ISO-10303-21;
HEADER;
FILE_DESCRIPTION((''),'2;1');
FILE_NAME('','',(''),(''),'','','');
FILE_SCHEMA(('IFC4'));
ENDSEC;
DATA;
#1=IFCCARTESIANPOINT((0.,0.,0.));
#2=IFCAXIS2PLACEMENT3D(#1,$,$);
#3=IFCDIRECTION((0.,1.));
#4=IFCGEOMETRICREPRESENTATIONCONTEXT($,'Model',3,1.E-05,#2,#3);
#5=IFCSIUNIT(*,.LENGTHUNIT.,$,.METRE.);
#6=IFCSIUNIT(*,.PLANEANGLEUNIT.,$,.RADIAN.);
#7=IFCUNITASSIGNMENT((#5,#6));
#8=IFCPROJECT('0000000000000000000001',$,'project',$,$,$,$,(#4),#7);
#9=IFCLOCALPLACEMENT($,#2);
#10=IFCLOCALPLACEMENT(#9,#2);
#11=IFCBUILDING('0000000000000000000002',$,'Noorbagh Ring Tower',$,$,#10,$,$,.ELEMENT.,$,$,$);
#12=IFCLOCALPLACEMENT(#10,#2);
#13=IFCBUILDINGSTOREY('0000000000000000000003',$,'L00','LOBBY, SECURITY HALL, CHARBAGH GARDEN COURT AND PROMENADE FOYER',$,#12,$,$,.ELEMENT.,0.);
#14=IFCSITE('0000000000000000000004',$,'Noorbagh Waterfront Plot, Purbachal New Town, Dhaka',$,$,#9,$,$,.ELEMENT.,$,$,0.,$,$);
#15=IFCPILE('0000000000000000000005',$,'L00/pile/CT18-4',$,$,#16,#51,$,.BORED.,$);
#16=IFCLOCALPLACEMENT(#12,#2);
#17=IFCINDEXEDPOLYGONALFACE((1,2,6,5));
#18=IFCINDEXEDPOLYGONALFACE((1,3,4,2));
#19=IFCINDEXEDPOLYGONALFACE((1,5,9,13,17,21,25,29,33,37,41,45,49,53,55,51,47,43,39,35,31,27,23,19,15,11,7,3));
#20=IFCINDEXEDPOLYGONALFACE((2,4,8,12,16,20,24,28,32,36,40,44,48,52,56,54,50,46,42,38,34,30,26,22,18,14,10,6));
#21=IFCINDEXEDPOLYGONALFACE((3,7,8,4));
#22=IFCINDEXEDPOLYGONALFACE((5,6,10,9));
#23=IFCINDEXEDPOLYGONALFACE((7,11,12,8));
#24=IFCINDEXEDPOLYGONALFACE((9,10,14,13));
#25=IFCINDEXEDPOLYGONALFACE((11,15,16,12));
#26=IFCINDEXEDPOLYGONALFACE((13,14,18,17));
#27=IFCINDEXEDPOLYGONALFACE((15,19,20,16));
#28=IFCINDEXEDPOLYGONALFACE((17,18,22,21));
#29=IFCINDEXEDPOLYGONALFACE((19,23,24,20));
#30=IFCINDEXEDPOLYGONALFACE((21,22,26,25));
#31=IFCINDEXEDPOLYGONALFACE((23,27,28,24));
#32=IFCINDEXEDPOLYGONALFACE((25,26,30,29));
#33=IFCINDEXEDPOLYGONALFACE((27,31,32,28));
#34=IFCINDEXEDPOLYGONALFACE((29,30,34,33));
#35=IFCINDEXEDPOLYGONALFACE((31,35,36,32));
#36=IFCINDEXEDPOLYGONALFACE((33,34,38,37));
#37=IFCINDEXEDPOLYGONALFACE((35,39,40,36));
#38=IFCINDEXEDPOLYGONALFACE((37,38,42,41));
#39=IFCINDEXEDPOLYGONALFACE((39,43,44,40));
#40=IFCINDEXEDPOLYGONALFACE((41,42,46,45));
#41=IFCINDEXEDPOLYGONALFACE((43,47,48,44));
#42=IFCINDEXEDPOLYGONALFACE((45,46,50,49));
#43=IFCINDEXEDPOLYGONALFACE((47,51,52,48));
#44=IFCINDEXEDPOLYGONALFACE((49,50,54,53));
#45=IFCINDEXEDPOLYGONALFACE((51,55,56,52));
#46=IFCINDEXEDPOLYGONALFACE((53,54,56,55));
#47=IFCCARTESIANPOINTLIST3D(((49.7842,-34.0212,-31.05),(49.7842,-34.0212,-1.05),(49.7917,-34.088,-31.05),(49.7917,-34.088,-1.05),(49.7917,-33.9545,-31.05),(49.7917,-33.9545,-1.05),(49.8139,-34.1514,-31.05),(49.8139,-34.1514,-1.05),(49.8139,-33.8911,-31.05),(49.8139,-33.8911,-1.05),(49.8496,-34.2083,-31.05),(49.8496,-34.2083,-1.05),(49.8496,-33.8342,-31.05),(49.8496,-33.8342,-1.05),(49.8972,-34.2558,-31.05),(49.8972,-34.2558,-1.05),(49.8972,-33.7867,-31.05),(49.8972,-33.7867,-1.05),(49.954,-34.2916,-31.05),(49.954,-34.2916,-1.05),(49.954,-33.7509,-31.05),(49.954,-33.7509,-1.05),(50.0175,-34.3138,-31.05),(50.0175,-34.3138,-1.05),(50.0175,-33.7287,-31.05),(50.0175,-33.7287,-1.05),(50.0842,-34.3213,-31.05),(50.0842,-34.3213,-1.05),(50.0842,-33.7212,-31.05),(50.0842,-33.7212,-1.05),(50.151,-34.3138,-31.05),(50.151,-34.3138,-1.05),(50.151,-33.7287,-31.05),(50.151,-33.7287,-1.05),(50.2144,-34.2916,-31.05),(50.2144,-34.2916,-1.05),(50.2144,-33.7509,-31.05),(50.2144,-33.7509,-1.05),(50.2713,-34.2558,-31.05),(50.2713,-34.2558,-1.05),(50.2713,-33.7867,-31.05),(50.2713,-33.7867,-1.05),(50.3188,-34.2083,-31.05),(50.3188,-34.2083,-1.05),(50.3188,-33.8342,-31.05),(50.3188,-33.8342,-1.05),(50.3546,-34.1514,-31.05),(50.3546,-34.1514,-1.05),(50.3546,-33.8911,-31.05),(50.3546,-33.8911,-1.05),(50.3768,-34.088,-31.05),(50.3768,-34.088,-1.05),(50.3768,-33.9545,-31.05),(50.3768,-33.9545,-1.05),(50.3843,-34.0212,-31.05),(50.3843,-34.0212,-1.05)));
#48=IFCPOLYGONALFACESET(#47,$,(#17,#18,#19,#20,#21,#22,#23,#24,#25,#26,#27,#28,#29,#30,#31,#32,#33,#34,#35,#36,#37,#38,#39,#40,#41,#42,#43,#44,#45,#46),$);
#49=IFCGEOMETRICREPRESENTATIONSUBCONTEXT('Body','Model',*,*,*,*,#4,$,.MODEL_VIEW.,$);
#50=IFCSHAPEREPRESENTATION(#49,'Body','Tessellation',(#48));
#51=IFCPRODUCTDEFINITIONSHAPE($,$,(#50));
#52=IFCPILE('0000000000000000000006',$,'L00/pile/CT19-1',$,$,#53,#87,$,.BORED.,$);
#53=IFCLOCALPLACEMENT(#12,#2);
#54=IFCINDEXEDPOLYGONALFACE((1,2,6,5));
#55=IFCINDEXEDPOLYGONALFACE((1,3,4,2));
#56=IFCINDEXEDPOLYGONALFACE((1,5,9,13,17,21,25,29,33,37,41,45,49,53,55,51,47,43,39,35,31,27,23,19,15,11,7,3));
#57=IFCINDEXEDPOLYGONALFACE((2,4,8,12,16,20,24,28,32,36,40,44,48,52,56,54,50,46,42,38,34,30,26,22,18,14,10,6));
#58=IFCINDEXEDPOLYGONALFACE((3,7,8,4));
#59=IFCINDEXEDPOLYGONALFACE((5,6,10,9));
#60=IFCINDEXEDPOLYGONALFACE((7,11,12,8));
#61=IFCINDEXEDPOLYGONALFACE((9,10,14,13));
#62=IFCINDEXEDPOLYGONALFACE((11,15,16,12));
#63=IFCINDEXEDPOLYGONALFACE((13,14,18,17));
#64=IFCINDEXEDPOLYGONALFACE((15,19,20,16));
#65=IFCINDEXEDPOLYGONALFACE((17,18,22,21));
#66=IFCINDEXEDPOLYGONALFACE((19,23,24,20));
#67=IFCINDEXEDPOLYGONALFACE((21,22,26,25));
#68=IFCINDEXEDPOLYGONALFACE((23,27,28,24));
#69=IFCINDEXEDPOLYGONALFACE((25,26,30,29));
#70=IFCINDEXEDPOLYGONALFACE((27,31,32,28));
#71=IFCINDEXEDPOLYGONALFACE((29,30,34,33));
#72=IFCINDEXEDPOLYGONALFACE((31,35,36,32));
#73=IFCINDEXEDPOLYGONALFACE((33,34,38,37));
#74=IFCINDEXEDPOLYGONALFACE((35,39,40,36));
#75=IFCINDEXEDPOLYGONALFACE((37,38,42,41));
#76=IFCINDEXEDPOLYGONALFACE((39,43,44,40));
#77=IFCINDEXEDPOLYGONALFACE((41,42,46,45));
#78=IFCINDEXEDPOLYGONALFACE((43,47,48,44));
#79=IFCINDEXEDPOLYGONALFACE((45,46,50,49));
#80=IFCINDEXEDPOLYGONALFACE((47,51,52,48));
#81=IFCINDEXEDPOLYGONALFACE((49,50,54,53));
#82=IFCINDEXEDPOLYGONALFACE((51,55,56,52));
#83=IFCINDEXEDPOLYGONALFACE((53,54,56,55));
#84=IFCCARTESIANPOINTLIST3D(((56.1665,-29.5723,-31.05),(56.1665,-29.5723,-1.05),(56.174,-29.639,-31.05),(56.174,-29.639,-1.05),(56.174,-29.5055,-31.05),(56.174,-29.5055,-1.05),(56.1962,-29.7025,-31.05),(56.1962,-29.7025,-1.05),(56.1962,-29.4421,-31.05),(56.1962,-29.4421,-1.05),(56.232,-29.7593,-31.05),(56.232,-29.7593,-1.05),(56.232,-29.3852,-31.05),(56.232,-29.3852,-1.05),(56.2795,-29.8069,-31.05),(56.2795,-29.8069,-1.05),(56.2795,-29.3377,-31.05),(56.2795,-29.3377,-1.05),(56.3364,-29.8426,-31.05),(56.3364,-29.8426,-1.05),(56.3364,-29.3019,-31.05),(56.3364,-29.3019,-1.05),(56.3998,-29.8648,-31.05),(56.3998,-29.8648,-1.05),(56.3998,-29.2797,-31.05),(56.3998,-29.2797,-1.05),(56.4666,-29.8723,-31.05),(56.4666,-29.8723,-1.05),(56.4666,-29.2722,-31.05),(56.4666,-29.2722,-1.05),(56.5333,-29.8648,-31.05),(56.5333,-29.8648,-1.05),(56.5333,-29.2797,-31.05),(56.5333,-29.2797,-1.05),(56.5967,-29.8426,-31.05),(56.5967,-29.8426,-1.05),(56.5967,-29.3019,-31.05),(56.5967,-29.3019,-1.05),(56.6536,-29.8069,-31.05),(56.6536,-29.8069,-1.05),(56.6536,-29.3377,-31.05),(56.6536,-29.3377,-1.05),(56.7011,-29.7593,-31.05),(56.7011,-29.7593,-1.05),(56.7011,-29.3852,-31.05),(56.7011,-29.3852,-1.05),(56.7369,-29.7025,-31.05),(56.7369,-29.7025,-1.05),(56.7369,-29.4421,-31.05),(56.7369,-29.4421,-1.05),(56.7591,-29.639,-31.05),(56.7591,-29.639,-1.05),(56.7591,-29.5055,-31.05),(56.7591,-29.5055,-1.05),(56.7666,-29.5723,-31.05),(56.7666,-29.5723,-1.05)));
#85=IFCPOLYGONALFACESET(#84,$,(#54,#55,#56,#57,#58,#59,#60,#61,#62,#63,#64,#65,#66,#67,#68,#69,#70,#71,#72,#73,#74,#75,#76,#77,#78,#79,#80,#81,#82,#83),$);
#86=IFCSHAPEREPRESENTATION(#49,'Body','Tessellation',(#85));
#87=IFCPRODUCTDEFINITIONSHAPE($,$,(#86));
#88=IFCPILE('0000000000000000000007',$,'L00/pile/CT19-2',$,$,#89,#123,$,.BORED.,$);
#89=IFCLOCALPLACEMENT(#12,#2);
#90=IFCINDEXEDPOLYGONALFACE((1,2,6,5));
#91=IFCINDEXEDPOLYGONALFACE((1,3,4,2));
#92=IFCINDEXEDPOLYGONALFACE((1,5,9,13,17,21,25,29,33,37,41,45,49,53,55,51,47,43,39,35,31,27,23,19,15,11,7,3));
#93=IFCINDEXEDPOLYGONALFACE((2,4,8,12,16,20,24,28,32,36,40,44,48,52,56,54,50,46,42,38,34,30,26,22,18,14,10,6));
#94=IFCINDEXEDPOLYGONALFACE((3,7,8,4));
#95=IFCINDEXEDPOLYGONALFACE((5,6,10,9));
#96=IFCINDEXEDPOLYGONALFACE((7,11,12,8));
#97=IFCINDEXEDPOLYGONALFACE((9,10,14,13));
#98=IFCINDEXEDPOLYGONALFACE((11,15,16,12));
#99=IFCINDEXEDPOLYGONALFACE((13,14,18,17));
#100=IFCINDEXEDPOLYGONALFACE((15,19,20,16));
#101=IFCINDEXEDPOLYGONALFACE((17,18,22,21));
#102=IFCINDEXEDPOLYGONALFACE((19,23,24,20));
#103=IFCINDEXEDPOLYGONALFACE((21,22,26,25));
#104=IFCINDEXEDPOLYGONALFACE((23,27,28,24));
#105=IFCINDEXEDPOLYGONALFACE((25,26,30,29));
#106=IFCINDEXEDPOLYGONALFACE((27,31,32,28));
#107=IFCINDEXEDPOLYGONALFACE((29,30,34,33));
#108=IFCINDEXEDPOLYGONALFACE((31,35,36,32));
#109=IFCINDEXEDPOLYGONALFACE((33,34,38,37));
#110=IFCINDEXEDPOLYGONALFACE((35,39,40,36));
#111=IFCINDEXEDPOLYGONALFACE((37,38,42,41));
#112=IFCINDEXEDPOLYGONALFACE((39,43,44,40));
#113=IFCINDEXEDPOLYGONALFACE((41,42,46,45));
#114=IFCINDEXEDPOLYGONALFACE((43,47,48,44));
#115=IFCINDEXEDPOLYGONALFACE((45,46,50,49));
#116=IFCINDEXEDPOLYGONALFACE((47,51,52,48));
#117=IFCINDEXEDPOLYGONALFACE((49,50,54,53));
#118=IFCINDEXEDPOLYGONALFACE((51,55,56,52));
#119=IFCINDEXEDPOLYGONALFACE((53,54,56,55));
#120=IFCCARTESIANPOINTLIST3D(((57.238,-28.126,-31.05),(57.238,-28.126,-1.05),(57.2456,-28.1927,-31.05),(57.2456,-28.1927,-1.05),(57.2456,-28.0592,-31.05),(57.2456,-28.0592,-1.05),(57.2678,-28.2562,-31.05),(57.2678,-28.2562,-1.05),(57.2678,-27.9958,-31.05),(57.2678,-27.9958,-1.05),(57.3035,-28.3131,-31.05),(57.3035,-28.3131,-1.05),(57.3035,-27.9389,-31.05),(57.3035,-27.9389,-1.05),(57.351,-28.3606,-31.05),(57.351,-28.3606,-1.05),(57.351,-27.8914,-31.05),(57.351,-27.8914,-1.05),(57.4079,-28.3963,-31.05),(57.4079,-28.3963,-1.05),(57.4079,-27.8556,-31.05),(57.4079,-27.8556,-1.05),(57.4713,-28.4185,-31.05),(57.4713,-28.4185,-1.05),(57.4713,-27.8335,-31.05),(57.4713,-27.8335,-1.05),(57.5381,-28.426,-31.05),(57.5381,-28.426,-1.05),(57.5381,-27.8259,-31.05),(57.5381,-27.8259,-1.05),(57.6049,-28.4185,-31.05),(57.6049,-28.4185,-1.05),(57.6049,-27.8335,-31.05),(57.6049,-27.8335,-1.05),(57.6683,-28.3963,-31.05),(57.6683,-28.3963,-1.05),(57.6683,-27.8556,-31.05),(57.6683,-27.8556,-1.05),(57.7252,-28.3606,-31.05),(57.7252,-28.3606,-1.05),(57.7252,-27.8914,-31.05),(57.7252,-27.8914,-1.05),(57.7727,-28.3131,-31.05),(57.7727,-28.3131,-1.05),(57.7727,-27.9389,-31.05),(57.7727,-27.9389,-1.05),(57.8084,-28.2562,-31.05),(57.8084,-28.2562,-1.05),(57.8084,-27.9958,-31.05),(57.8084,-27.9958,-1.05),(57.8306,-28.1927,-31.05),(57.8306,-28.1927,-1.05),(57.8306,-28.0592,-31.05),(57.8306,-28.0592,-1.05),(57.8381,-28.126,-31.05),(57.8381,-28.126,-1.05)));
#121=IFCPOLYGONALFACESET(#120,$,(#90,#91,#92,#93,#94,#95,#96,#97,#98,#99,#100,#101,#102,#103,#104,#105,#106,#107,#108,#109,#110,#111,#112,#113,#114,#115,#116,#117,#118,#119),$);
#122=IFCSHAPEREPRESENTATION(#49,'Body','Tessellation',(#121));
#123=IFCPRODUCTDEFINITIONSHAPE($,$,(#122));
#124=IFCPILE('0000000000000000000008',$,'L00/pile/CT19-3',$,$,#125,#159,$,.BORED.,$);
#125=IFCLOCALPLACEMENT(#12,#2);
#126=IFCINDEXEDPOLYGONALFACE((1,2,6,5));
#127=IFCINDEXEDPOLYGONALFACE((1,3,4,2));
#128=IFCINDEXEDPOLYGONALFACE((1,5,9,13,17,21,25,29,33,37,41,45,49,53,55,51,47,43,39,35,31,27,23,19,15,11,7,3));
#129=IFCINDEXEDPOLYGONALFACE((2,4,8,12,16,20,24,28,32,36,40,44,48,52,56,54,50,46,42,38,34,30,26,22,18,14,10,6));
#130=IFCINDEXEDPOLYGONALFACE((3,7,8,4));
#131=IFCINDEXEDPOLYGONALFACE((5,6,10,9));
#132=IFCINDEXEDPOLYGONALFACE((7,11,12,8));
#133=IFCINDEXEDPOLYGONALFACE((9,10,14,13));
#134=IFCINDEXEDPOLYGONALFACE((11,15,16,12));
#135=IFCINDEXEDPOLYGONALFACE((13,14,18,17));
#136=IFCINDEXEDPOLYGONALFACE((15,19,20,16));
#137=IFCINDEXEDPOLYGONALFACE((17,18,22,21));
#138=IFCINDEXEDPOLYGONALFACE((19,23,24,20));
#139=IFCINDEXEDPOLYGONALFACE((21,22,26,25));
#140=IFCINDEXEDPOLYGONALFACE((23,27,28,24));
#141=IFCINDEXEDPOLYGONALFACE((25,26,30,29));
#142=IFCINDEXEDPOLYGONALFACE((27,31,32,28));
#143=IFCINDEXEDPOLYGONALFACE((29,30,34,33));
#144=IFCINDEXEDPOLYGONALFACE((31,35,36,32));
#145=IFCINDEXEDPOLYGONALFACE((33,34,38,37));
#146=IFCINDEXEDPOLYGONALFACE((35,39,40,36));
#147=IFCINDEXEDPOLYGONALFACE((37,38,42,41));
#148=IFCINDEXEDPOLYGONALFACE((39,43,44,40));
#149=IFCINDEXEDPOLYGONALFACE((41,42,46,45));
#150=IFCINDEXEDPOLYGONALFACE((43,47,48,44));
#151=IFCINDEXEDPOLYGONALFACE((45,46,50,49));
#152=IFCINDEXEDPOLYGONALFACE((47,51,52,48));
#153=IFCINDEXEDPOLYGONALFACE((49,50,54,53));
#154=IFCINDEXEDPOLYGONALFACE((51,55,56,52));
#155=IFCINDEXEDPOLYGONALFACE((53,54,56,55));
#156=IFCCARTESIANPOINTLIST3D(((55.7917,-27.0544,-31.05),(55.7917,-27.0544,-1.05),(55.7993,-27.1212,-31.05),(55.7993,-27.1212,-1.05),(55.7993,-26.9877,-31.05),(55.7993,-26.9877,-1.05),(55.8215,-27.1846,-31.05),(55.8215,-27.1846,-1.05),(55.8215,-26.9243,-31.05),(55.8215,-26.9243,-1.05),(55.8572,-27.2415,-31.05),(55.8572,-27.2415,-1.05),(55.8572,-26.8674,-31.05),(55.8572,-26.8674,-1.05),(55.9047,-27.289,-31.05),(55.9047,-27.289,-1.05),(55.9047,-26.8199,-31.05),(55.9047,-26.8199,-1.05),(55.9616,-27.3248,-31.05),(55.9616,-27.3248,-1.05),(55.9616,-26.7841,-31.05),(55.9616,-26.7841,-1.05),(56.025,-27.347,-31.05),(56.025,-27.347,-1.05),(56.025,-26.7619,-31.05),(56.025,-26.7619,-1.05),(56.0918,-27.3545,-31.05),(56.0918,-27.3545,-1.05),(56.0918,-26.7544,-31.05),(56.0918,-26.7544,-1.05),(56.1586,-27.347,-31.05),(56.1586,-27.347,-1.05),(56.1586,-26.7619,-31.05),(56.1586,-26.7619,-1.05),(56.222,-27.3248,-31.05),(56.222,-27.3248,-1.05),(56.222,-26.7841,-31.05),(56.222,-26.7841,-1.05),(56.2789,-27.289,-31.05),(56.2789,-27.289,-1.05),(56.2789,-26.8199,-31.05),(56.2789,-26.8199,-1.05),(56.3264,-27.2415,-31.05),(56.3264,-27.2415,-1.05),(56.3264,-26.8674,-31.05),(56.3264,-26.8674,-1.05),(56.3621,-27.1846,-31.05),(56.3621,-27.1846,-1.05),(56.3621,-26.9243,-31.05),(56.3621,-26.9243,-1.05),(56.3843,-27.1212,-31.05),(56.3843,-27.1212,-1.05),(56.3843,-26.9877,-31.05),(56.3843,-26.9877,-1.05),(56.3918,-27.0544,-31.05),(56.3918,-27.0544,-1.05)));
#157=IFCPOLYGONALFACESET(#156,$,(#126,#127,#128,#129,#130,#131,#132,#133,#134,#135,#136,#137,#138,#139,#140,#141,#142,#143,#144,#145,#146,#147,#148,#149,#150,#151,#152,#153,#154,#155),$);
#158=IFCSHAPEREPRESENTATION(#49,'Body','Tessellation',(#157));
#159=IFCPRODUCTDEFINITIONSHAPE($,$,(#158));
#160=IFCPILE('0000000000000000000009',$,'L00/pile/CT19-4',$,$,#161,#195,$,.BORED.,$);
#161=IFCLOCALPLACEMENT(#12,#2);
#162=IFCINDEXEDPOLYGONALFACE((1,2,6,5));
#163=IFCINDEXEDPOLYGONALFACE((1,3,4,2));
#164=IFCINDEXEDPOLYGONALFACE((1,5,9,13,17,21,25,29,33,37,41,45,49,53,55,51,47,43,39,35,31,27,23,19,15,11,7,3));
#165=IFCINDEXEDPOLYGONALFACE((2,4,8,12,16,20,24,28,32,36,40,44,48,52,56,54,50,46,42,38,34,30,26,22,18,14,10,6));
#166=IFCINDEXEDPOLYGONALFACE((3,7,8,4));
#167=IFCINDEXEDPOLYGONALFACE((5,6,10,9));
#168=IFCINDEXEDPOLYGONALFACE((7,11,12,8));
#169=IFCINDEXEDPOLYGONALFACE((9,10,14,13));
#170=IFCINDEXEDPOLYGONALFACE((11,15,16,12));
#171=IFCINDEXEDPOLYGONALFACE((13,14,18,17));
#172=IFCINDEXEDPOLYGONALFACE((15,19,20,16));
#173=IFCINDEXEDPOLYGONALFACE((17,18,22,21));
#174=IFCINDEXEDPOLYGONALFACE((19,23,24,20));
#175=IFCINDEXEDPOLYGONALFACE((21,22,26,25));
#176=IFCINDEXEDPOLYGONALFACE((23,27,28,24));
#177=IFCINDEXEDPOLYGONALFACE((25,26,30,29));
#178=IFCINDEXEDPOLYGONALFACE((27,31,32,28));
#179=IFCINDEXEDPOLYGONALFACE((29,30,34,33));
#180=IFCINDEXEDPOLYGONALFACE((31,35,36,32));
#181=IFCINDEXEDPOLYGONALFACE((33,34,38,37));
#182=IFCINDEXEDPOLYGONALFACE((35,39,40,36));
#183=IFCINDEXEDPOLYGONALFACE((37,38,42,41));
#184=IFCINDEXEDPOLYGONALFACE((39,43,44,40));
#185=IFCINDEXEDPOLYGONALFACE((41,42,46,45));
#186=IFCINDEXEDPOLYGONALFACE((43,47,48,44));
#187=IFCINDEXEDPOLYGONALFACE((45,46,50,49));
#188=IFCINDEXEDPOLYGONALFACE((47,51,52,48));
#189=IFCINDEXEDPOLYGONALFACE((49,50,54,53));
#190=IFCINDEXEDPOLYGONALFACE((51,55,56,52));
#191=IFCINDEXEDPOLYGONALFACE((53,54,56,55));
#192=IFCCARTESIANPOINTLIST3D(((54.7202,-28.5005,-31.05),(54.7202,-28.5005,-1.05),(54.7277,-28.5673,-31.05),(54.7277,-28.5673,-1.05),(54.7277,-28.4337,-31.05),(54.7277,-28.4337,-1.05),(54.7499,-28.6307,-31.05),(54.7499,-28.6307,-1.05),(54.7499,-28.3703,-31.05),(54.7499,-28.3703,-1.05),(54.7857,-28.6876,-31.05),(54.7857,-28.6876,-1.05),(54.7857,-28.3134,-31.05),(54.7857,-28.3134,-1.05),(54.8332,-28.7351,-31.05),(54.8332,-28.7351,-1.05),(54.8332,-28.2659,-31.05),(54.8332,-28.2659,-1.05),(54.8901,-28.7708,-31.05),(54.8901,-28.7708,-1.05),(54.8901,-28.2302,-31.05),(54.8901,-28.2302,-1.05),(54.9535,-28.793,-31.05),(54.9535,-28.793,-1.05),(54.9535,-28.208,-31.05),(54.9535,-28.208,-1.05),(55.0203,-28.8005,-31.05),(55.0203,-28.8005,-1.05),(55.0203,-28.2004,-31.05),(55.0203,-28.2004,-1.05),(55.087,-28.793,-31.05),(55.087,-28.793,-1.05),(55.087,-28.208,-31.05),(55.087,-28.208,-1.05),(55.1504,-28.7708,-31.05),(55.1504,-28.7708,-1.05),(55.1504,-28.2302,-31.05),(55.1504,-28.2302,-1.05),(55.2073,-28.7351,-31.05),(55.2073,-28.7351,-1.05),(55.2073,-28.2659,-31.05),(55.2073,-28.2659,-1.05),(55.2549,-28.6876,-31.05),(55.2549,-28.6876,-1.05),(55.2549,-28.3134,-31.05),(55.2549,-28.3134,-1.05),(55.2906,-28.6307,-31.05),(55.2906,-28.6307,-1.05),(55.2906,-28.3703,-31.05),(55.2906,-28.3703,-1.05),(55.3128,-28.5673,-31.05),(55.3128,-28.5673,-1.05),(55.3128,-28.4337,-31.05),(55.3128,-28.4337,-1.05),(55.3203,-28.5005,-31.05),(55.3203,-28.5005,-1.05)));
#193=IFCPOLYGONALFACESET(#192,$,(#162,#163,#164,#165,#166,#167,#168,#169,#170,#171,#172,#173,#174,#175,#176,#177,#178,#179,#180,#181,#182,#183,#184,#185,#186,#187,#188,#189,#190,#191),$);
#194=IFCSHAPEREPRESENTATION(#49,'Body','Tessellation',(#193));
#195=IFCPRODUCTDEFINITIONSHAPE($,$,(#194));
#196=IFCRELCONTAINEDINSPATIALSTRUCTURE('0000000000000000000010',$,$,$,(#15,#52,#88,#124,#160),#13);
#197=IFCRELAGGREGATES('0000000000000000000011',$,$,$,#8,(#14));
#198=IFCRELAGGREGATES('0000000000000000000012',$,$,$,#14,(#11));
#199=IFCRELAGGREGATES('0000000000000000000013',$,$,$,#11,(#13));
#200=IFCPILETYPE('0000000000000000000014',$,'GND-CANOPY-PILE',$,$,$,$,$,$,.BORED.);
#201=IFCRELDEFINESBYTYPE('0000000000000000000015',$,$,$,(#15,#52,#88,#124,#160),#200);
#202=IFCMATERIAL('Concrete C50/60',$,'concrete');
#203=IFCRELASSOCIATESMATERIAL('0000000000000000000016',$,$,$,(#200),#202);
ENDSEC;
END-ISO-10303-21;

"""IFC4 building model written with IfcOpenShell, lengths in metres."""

from ifc_helpers import new_model, si_unit, direction, frame, origin, origin_2d, place, context, subcontext, project, spatial, circle, extrude, material, material_profile, profile_set, type_object, element, save


model = new_model("IFC4")

# Units and contexts
model_context = context("Model", 3, precision=1e-05, world=origin(), true_north=direction((0.0, 1.0)))
body_context = subcontext(model_context, "Body", "Model", "MODEL_VIEW")
ifc_project = project(units=[si_unit("LENGTHUNIT", "METRE"), si_unit("PLANEANGLEUNIT", "RADIAN")], contexts=[model_context])

# Site, building, storey
site_placement = place(None, origin())
site = spatial("IfcSite", under=ifc_project, at=site_placement, Name="Noorbagh Waterfront Plot, Purbachal New Town, Dhaka", CompositionType="ELEMENT", RefElevation=0.0)
building_placement = place(site_placement, origin())
building = spatial("IfcBuilding", under=site, at=building_placement, Name="Noorbagh Ring Tower", CompositionType="ELEMENT")
storey_placement = place(building_placement, origin())
storey = spatial("IfcBuildingStorey", under=building, at=storey_placement, Name="L00", Description="LOBBY, SECURITY HALL, CHARBAGH GARDEN COURT AND PROMENADE FOYER", CompositionType="ELEMENT", Elevation=0.0)

# Piles
ifc_material_1 = material(Name="Concrete C50/60", Category="concrete")
ifc_material_profile_1 = material_profile(ifc_material_1, circle(Radius=0.3, at=origin_2d()), Name="PILE600")
ifc_profile_set_1 = profile_set([ifc_material_profile_1], Name="Concrete C50/60")
pile_type = type_object("IfcPileType", Name="GND-CANOPY-PILE", PredefinedType="BORED", material=ifc_profile_set_1)
for number, where, z_axis, x_axis, name in (
    (1, (50.0842, -34.0212, -1.05), (0.0, 0.0, -1.0), (1.0, 0.0, 0.0), "L00/pile/CT18-4"),
    (2, (56.4666, -29.5723, -1.05), (0.0, 0.0, -1.0), (1.0, 0.0, 0.0), "L00/pile/CT19-1"),
    (3, (57.5381, -28.126, -1.05), (0.0, 0.0, -1.0), (1.0, 0.0, 0.0), "L00/pile/CT19-2"),
    (4, (56.0918, -27.0544, -1.05), (0.0, 0.0, -1.0), (1.0, 0.0, 0.0), "L00/pile/CT19-3"),
    (5, (55.0203, -28.5005, -1.05), (0.0, 0.0, -1.0), (1.0, 0.0, 0.0), "L00/pile/CT19-4"),
):
    element("IfcPile", number, at=place(storey_placement, frame(where, z_axis=z_axis, x_axis=x_axis)), inside=storey, type_object=pile_type, Name=name, PredefinedType="BORED", context=body_context, shape_type="SweptSolid", body=[
        extrude(circle(Radius=0.3, at=origin_2d()), origin(), (0.0, 0.0, 1.0), 30.0),
    ])

save(model, "model.ifc")
